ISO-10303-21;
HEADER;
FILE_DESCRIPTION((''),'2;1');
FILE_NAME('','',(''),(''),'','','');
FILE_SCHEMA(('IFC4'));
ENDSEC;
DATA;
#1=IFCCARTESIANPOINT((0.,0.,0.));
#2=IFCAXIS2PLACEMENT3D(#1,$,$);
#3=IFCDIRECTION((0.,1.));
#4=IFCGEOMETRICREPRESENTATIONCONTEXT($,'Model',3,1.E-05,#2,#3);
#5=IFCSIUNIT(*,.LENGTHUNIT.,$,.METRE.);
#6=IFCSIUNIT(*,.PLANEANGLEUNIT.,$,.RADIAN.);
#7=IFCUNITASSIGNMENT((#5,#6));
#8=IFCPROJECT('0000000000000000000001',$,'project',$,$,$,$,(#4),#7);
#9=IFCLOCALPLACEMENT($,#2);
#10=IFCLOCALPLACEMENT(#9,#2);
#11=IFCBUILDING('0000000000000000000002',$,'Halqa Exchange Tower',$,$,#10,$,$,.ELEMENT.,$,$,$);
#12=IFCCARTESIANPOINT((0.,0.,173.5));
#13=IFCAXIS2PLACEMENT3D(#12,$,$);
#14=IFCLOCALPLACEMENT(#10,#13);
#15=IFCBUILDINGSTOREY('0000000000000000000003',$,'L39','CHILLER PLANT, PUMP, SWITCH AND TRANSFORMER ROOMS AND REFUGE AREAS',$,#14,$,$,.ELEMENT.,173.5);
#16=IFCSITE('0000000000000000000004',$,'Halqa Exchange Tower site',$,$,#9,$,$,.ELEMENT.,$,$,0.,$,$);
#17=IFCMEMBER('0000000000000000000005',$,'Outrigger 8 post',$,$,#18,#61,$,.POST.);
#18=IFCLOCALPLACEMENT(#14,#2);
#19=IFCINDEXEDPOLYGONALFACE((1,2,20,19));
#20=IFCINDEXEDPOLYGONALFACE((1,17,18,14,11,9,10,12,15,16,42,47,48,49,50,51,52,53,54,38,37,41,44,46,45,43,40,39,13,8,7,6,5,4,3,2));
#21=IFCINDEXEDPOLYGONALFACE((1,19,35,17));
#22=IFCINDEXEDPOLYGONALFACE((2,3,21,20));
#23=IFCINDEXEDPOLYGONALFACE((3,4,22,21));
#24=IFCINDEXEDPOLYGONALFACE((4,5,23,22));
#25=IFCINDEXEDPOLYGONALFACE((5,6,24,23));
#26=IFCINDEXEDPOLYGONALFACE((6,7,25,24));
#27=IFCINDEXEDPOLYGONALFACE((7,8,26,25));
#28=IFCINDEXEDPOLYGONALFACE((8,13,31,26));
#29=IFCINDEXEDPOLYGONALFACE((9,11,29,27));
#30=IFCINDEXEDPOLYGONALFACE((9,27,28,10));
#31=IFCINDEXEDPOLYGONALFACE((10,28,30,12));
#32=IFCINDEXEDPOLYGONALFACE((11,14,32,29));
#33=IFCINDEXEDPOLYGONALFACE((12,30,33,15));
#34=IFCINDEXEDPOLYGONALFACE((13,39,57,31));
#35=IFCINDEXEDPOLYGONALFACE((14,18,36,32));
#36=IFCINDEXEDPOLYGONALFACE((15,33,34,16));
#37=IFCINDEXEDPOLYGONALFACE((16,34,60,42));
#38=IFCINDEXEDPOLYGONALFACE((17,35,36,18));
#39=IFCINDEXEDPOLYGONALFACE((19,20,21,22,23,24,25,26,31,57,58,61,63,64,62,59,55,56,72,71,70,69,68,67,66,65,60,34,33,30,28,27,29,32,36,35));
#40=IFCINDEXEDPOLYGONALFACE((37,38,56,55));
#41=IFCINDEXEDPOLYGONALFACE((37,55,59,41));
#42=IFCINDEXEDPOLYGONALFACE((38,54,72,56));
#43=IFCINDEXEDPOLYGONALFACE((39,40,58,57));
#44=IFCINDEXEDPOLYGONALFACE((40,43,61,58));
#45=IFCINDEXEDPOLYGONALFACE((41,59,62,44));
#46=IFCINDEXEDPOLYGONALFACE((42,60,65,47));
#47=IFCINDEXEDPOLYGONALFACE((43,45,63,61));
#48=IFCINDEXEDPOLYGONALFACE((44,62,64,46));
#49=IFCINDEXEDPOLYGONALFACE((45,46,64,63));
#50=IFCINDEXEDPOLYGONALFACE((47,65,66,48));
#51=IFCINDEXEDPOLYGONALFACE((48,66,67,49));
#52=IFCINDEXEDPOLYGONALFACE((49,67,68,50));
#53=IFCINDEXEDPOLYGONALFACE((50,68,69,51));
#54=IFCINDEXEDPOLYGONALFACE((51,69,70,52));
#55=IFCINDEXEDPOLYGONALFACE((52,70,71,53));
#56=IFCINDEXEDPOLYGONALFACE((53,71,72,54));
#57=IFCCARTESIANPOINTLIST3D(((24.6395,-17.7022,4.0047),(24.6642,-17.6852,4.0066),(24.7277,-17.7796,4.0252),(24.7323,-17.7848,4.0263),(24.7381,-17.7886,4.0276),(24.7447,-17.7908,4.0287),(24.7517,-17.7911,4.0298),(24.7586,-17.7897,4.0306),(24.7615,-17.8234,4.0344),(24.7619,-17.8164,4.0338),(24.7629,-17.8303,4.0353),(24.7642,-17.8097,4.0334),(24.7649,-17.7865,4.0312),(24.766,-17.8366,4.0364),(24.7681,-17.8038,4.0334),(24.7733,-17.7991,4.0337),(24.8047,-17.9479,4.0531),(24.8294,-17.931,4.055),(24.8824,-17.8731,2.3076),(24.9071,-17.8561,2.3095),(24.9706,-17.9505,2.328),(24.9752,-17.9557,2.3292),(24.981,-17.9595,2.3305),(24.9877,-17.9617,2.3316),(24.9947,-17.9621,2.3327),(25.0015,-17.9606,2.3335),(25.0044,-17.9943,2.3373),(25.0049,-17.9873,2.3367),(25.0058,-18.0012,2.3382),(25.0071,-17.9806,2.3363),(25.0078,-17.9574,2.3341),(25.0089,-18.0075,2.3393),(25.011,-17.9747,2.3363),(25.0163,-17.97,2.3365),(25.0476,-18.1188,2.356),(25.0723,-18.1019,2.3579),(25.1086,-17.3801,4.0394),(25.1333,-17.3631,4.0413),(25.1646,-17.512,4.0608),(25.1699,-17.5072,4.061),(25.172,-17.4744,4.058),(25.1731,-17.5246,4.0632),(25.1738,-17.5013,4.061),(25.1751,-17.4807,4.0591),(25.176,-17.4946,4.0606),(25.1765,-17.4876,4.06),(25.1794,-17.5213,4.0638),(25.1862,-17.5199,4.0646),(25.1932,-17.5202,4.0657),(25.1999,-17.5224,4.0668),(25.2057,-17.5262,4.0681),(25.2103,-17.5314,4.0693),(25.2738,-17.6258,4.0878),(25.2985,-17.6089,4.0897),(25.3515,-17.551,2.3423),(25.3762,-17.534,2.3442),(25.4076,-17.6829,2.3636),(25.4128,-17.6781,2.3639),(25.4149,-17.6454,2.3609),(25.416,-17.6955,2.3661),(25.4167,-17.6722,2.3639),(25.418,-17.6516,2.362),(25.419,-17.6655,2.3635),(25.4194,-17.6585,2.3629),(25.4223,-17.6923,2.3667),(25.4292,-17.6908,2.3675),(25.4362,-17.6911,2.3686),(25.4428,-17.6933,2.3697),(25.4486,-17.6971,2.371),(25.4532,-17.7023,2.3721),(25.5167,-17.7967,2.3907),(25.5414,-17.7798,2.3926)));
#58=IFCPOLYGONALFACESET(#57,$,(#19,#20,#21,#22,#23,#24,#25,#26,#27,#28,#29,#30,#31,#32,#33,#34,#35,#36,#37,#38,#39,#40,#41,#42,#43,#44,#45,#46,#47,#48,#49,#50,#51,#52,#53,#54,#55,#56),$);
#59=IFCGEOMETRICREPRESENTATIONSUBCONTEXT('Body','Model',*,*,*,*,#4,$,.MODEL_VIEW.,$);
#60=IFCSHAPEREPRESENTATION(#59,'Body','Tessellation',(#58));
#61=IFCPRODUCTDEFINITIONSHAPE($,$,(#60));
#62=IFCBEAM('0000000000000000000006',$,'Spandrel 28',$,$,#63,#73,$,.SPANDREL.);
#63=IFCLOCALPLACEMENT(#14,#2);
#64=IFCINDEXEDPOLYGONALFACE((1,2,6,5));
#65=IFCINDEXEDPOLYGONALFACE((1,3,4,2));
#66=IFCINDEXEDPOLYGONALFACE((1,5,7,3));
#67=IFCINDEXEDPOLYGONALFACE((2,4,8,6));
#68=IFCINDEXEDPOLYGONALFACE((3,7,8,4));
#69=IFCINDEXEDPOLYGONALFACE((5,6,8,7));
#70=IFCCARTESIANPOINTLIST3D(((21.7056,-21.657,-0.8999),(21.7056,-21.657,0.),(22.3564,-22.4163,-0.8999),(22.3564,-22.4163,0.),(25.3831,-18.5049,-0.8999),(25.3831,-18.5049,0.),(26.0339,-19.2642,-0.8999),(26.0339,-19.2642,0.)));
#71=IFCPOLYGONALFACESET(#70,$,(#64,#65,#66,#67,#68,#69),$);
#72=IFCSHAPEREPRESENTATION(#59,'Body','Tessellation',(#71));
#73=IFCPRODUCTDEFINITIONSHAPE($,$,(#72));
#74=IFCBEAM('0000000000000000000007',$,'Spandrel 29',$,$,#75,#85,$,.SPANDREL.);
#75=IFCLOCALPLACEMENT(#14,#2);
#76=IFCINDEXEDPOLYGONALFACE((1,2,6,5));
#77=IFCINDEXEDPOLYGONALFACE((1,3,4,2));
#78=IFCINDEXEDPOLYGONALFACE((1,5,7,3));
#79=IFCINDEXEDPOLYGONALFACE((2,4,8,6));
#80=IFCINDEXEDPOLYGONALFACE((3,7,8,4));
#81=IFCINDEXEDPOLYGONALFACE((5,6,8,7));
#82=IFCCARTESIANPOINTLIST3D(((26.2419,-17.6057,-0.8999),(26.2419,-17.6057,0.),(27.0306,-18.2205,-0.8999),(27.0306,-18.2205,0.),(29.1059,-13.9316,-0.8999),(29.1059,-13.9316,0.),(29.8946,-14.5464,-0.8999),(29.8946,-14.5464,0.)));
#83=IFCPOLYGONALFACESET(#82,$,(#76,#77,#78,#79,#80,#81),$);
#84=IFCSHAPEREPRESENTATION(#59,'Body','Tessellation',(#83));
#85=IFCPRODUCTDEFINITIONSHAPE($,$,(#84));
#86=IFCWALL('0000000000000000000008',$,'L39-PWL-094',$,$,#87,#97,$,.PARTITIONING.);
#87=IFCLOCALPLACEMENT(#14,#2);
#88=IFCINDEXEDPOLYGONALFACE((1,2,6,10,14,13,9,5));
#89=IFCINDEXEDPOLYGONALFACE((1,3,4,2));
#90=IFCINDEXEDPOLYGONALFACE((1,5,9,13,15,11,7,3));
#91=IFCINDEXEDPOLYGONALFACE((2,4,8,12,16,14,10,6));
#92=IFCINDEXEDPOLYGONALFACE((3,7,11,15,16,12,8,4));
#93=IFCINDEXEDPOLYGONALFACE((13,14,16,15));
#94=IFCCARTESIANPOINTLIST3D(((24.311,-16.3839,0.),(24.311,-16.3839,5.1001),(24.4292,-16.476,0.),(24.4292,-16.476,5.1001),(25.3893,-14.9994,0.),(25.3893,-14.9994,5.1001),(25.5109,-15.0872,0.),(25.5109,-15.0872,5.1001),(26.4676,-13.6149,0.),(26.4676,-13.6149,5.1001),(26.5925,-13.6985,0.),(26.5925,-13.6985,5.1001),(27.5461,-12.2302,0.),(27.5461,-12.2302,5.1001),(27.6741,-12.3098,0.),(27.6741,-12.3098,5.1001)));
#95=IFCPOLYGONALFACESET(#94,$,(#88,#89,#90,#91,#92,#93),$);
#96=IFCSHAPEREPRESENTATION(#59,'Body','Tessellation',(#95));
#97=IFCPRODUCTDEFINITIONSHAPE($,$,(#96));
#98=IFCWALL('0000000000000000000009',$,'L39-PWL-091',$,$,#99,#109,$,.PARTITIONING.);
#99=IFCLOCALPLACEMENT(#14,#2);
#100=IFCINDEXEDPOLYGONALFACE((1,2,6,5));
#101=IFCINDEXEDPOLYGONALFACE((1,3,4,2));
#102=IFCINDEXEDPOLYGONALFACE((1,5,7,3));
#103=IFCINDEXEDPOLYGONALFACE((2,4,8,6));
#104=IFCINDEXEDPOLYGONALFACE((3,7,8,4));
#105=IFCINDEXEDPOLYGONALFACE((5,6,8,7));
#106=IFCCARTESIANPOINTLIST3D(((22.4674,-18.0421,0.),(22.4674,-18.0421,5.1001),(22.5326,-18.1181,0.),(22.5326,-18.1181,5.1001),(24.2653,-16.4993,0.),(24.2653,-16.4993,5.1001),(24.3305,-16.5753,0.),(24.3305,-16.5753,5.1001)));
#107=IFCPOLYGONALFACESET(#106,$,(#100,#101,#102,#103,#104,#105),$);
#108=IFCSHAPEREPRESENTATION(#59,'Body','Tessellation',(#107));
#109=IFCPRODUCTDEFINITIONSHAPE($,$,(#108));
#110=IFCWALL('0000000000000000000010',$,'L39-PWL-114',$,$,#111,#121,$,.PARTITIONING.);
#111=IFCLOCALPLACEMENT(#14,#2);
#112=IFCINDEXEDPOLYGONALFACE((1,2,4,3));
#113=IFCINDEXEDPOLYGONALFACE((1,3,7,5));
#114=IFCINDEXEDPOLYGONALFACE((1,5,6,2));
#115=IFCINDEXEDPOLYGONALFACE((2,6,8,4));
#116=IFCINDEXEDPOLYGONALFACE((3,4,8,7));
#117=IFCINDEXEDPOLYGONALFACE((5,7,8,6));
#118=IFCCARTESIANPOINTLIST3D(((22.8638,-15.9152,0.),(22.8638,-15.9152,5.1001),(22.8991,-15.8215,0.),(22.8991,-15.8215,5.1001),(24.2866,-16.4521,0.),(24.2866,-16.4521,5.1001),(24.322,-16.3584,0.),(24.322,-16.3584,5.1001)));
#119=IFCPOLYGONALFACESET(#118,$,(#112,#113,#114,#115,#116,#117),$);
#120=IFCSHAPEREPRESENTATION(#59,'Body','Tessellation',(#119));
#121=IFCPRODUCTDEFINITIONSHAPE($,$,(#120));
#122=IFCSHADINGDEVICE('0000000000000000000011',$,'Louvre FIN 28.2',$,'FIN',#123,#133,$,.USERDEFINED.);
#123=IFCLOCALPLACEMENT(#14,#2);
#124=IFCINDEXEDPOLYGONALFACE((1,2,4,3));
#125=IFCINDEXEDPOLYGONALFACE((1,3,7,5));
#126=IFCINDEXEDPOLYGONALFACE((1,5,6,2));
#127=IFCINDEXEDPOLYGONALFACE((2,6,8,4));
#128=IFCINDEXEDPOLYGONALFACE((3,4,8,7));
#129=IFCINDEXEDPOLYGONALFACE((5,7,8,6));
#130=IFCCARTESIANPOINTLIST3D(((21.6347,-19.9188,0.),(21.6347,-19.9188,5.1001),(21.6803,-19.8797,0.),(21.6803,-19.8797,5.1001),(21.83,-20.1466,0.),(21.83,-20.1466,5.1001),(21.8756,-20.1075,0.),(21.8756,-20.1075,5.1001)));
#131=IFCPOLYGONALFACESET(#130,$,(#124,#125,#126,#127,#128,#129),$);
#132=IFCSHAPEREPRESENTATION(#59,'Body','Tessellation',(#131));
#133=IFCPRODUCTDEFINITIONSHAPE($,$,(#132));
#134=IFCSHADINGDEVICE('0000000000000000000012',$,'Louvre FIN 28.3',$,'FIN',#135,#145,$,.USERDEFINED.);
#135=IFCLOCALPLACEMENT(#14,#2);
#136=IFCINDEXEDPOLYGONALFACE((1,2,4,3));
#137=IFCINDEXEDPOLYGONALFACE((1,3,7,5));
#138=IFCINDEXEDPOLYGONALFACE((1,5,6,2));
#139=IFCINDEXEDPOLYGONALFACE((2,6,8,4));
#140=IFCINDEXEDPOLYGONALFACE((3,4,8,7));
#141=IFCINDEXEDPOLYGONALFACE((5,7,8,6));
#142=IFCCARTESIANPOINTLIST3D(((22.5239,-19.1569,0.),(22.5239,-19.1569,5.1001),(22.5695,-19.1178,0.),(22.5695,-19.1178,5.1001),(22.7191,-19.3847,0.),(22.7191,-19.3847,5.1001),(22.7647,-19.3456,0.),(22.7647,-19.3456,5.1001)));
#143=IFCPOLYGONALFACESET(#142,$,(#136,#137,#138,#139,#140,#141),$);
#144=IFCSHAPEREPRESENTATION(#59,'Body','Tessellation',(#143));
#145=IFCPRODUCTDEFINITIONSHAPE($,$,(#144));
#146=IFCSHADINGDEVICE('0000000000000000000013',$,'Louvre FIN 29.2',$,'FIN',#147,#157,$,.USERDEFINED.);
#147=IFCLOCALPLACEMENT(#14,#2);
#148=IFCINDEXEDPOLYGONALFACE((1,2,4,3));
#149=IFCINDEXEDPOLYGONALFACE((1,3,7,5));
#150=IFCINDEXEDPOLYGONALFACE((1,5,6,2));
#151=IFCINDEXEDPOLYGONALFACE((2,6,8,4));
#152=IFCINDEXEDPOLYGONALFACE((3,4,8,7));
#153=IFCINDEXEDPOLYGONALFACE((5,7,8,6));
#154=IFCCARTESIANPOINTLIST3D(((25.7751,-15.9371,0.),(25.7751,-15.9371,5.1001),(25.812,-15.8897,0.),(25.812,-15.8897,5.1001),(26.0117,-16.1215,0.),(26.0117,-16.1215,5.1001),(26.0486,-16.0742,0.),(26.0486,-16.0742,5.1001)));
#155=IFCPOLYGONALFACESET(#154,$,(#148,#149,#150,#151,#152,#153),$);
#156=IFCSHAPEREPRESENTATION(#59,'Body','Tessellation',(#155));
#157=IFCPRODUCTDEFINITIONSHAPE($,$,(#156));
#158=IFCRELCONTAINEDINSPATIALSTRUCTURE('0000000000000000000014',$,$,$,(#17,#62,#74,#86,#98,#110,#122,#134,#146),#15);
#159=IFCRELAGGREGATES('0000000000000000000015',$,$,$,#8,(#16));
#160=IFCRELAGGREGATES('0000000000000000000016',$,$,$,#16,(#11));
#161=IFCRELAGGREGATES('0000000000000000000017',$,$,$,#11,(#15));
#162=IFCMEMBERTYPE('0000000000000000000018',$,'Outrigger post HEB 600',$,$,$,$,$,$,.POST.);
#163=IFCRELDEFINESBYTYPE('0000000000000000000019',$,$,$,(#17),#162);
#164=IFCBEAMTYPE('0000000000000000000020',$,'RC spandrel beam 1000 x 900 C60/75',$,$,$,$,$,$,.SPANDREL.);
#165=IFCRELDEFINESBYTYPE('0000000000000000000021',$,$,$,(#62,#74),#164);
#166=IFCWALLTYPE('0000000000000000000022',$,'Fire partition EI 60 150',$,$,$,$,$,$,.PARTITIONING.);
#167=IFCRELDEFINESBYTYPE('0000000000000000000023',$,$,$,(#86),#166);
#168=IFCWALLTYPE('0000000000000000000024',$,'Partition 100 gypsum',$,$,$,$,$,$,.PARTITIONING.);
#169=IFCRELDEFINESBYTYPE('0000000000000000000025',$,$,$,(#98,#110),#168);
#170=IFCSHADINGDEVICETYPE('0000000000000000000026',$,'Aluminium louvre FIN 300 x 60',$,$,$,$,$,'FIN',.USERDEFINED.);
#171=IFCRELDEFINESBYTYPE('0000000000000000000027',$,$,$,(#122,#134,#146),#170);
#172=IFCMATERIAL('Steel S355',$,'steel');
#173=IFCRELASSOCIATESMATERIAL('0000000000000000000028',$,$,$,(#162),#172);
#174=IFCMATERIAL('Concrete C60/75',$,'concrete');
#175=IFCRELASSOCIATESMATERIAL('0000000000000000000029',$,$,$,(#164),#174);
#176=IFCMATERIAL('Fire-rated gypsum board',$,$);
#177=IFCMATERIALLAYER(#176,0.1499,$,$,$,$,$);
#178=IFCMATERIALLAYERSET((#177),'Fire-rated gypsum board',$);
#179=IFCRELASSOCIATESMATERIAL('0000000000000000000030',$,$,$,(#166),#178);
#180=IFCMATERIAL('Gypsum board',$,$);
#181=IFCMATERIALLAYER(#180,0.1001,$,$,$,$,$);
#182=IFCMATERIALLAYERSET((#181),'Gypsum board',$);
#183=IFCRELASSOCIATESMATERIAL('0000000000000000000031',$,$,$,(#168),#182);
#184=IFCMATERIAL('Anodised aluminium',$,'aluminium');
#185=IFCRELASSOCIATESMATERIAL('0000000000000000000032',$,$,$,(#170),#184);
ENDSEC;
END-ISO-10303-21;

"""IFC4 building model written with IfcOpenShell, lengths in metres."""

from ifc_helpers import new_model, si_unit, direction, frame, frame_2d, origin, origin_2d, place, context, subcontext, project, spatial, polyline, rectangle, i_section, outline, extrude, material, layer, layer_set, material_profile, profile_set, type_object, element, save


model = new_model("IFC4")

# Units and contexts
model_context = context("Model", 3, precision=1e-05, world=origin(), true_north=direction((0.0, 1.0)))
body_context = subcontext(model_context, "Body", "Model", "MODEL_VIEW")
ifc_project = project(units=[si_unit("LENGTHUNIT", "METRE"), si_unit("PLANEANGLEUNIT", "RADIAN")], contexts=[model_context])

# Site, building, storey
site_placement = place(None, origin())
site = spatial("IfcSite", under=ifc_project, at=site_placement, Name="Halqa Exchange Tower site", CompositionType="ELEMENT", RefElevation=0.0)
building_placement = place(site_placement, origin())
building = spatial("IfcBuilding", under=site, at=building_placement, Name="Halqa Exchange Tower", CompositionType="ELEMENT")
storey_placement = place(building_placement, frame((0.0, 0.0, 173.5)))
storey = spatial("IfcBuildingStorey", under=building, at=storey_placement, Name="L39", Description="CHILLER PLANT, PUMP, SWITCH AND TRANSFORMER ROOMS AND REFUGE AREAS", CompositionType="ELEMENT", Elevation=173.5)

# Member
ifc_material_1 = material(Name="Steel S355", Category="steel")
ifc_material_profile_1 = material_profile(ifc_material_1, i_section(OverallWidth=0.3, OverallDepth=0.6001, WebThickness=0.0154, FlangeThickness=0.03, FilletRadius=0.0271, at=origin_2d()), Name="HEB 600")
ifc_profile_set_1 = profile_set([ifc_material_profile_1], Name="Steel S355")
member_type_1 = type_object("IfcMemberType", Name="Outrigger post HEB 600", PredefinedType="POST", material=ifc_profile_set_1)
member_1_placement = place(storey_placement, frame((25.2119, -17.8264, 2.3501), z_axis=(-0.141002, 0.099197, 0.985027), x_axis=(0.550525, -0.81909, 0.161291)))
element("IfcMember", 1, at=member_1_placement, inside=storey, type_object=member_type_1, Name="Outrigger 8 post", PredefinedType="POST", context=body_context, shape_type="SweptSolid", body=[
    extrude(i_section(OverallWidth=0.3, OverallDepth=0.6001, WebThickness=0.0154, FlangeThickness=0.03, FilletRadius=0.0271, at=origin_2d()), origin(), (0.0, 0.0, 1.0), 1.7229),
])

# Beams
ifc_material_2 = material(Name="Concrete C60/75", Category="concrete")
ifc_material_profile_2 = material_profile(ifc_material_2, rectangle(XDim=1.0, YDim=0.8999, at=origin_2d()), Name="1000 x 900")
ifc_profile_set_2 = profile_set([ifc_material_profile_2], Name="Concrete C60/75")
beam_type = type_object("IfcBeamType", Name="RC spandrel beam 1000 x 900 C60/75", PredefinedType="SPANDREL", material=ifc_profile_set_2)
beam_1_placement = place(storey_placement, frame((22.031, -22.0366, -0.45), z_axis=(0.75926, 0.650787, 0.0), x_axis=(-0.650787, 0.75926, 0.0)))
element("IfcBeam", 2, at=beam_1_placement, inside=storey, type_object=beam_type, Name="Spandrel 28", PredefinedType="SPANDREL", context=body_context, shape_type="SweptSolid", body=[
    extrude(rectangle(XDim=1.0, YDim=0.8999, at=origin_2d()), origin(), (0.0, 0.0, 1.0), 4.8435),
])
beam_2_placement = place(storey_placement, frame((26.6362, -17.9131, -0.45), z_axis=(0.614797, 0.788686, 0.0), x_axis=(-0.788686, 0.614797, 0.0)))
element("IfcBeam", 3, at=beam_2_placement, inside=storey, type_object=beam_type, Name="Spandrel 29", PredefinedType="SPANDREL", context=body_context, shape_type="SweptSolid", body=[
    extrude(rectangle(XDim=1.0, YDim=0.8999, at=origin_2d()), origin(), (0.0, 0.0, 1.0), 4.6584),
])

# Walls
ifc_material_3 = material(Name="Fire-rated gypsum board")
ifc_layer_1 = layer(ifc_material_3, 0.1499)
ifc_layer_set_1 = layer_set([ifc_layer_1], Name="Fire-rated gypsum board")
wall_type_1 = type_object("IfcWallType", Name="Fire partition EI 60 150", PredefinedType="PARTITIONING", material=ifc_layer_set_1)
wall_1_placement = place(storey_placement, frame((24.3701, -16.4299, 0.0), z_axis=(0.0, 0.0, 1.0), x_axis=(0.614465, 0.788944, 0.0)))
element("IfcWall", 4, at=wall_1_placement, inside=storey, type_object=wall_type_1, Name="L39-PWL-094", PredefinedType="PARTITIONING", context=body_context, shape_type="SweptSolid", body=[
    extrude(outline(polyline([(0.0, -0.075), (1.7603, -0.075), (3.5205, -0.075), (5.2808, -0.075), (5.2649, 0.075), (3.5098, 0.075), (1.7549, 0.075), (0.0, 0.075), (0.0, -0.075)])), origin(), (0.0, 0.0, 1.0), 5.1001),
])
ifc_material_4 = material(Name="Gypsum board")
ifc_layer_2 = layer(ifc_material_4, 0.1001)
ifc_layer_set_2 = layer_set([ifc_layer_2], Name="Gypsum board")
wall_type_2 = type_object("IfcWallType", Name="Partition 100 gypsum", PredefinedType="PARTITIONING", material=ifc_layer_set_2)
wall_2_placement = place(storey_placement, frame((22.5, -18.0801, 0.0), z_axis=(0.0, 0.0, 1.0), x_axis=(0.7589, 0.651207, 0.0)))
element("IfcWall", 5, at=wall_2_placement, inside=storey, type_object=wall_type_2, Name="L39-PWL-091", PredefinedType="PARTITIONING", context=body_context, shape_type="SweptSolid", body=[
    extrude(rectangle(XDim=2.3691, YDim=0.1001, at=frame_2d((1.1846, 0.0))), origin(), (0.0, 0.0, 1.0), 5.1001),
])
wall_3_placement = place(storey_placement, frame((22.8816, -15.8684, 0.0), z_axis=(0.0, 0.0, 1.0), x_axis=(0.935615, -0.353023, 0.0)))
element("IfcWall", 6, at=wall_3_placement, inside=storey, type_object=wall_type_2, Name="L39-PWL-114", PredefinedType="PARTITIONING", context=body_context, shape_type="SweptSolid", body=[
    extrude(rectangle(XDim=1.5208, YDim=0.1001, at=frame_2d((0.7603, 0.0))), origin(), (0.0, 0.0, 1.0), 5.1001),
])

# Shading devices
ifc_material_5 = material(Name="Anodised aluminium", Category="aluminium")
ifc_material_profile_3 = material_profile(ifc_material_5, rectangle(XDim=0.3, YDim=0.0601, at=origin_2d()), Name="AL FIN 300x60")
ifc_profile_set_3 = profile_set([ifc_material_profile_3], Name="Anodised aluminium")
shading_device_type = type_object("IfcShadingDeviceType", Name="Aluminium louvre FIN 300 x 60", ElementType="FIN", PredefinedType="USERDEFINED", material=ifc_profile_set_3)
for number, where, z_axis, x_axis, name in (
    (7, (21.7551, -20.0132, 0.0), (0.0, 0.0, 1.0), (-0.650785, 0.759262, 0.0), "Louvre FIN 28.2"),
    (8, (22.6443, -19.2512, 0.0), (0.0, 0.0, 1.0), (-0.650785, 0.759262, 0.0), "Louvre FIN 28.3"),
    (9, (25.9119, -16.0056, 0.0), (0.0, 0.0, 1.0), (-0.788686, 0.614796, 0.0), "Louvre FIN 29.2"),
):
    element("IfcShadingDevice", number, at=place(storey_placement, frame(where, z_axis=z_axis, x_axis=x_axis)), inside=storey, type_object=shading_device_type, Name=name, ObjectType="FIN", PredefinedType="USERDEFINED", context=body_context, shape_type="SweptSolid", body=[
        extrude(rectangle(XDim=0.3, YDim=0.0601, at=origin_2d()), origin(), (0.0, 0.0, 1.0), 5.1001),
    ])

save(model, "model.ifc")
